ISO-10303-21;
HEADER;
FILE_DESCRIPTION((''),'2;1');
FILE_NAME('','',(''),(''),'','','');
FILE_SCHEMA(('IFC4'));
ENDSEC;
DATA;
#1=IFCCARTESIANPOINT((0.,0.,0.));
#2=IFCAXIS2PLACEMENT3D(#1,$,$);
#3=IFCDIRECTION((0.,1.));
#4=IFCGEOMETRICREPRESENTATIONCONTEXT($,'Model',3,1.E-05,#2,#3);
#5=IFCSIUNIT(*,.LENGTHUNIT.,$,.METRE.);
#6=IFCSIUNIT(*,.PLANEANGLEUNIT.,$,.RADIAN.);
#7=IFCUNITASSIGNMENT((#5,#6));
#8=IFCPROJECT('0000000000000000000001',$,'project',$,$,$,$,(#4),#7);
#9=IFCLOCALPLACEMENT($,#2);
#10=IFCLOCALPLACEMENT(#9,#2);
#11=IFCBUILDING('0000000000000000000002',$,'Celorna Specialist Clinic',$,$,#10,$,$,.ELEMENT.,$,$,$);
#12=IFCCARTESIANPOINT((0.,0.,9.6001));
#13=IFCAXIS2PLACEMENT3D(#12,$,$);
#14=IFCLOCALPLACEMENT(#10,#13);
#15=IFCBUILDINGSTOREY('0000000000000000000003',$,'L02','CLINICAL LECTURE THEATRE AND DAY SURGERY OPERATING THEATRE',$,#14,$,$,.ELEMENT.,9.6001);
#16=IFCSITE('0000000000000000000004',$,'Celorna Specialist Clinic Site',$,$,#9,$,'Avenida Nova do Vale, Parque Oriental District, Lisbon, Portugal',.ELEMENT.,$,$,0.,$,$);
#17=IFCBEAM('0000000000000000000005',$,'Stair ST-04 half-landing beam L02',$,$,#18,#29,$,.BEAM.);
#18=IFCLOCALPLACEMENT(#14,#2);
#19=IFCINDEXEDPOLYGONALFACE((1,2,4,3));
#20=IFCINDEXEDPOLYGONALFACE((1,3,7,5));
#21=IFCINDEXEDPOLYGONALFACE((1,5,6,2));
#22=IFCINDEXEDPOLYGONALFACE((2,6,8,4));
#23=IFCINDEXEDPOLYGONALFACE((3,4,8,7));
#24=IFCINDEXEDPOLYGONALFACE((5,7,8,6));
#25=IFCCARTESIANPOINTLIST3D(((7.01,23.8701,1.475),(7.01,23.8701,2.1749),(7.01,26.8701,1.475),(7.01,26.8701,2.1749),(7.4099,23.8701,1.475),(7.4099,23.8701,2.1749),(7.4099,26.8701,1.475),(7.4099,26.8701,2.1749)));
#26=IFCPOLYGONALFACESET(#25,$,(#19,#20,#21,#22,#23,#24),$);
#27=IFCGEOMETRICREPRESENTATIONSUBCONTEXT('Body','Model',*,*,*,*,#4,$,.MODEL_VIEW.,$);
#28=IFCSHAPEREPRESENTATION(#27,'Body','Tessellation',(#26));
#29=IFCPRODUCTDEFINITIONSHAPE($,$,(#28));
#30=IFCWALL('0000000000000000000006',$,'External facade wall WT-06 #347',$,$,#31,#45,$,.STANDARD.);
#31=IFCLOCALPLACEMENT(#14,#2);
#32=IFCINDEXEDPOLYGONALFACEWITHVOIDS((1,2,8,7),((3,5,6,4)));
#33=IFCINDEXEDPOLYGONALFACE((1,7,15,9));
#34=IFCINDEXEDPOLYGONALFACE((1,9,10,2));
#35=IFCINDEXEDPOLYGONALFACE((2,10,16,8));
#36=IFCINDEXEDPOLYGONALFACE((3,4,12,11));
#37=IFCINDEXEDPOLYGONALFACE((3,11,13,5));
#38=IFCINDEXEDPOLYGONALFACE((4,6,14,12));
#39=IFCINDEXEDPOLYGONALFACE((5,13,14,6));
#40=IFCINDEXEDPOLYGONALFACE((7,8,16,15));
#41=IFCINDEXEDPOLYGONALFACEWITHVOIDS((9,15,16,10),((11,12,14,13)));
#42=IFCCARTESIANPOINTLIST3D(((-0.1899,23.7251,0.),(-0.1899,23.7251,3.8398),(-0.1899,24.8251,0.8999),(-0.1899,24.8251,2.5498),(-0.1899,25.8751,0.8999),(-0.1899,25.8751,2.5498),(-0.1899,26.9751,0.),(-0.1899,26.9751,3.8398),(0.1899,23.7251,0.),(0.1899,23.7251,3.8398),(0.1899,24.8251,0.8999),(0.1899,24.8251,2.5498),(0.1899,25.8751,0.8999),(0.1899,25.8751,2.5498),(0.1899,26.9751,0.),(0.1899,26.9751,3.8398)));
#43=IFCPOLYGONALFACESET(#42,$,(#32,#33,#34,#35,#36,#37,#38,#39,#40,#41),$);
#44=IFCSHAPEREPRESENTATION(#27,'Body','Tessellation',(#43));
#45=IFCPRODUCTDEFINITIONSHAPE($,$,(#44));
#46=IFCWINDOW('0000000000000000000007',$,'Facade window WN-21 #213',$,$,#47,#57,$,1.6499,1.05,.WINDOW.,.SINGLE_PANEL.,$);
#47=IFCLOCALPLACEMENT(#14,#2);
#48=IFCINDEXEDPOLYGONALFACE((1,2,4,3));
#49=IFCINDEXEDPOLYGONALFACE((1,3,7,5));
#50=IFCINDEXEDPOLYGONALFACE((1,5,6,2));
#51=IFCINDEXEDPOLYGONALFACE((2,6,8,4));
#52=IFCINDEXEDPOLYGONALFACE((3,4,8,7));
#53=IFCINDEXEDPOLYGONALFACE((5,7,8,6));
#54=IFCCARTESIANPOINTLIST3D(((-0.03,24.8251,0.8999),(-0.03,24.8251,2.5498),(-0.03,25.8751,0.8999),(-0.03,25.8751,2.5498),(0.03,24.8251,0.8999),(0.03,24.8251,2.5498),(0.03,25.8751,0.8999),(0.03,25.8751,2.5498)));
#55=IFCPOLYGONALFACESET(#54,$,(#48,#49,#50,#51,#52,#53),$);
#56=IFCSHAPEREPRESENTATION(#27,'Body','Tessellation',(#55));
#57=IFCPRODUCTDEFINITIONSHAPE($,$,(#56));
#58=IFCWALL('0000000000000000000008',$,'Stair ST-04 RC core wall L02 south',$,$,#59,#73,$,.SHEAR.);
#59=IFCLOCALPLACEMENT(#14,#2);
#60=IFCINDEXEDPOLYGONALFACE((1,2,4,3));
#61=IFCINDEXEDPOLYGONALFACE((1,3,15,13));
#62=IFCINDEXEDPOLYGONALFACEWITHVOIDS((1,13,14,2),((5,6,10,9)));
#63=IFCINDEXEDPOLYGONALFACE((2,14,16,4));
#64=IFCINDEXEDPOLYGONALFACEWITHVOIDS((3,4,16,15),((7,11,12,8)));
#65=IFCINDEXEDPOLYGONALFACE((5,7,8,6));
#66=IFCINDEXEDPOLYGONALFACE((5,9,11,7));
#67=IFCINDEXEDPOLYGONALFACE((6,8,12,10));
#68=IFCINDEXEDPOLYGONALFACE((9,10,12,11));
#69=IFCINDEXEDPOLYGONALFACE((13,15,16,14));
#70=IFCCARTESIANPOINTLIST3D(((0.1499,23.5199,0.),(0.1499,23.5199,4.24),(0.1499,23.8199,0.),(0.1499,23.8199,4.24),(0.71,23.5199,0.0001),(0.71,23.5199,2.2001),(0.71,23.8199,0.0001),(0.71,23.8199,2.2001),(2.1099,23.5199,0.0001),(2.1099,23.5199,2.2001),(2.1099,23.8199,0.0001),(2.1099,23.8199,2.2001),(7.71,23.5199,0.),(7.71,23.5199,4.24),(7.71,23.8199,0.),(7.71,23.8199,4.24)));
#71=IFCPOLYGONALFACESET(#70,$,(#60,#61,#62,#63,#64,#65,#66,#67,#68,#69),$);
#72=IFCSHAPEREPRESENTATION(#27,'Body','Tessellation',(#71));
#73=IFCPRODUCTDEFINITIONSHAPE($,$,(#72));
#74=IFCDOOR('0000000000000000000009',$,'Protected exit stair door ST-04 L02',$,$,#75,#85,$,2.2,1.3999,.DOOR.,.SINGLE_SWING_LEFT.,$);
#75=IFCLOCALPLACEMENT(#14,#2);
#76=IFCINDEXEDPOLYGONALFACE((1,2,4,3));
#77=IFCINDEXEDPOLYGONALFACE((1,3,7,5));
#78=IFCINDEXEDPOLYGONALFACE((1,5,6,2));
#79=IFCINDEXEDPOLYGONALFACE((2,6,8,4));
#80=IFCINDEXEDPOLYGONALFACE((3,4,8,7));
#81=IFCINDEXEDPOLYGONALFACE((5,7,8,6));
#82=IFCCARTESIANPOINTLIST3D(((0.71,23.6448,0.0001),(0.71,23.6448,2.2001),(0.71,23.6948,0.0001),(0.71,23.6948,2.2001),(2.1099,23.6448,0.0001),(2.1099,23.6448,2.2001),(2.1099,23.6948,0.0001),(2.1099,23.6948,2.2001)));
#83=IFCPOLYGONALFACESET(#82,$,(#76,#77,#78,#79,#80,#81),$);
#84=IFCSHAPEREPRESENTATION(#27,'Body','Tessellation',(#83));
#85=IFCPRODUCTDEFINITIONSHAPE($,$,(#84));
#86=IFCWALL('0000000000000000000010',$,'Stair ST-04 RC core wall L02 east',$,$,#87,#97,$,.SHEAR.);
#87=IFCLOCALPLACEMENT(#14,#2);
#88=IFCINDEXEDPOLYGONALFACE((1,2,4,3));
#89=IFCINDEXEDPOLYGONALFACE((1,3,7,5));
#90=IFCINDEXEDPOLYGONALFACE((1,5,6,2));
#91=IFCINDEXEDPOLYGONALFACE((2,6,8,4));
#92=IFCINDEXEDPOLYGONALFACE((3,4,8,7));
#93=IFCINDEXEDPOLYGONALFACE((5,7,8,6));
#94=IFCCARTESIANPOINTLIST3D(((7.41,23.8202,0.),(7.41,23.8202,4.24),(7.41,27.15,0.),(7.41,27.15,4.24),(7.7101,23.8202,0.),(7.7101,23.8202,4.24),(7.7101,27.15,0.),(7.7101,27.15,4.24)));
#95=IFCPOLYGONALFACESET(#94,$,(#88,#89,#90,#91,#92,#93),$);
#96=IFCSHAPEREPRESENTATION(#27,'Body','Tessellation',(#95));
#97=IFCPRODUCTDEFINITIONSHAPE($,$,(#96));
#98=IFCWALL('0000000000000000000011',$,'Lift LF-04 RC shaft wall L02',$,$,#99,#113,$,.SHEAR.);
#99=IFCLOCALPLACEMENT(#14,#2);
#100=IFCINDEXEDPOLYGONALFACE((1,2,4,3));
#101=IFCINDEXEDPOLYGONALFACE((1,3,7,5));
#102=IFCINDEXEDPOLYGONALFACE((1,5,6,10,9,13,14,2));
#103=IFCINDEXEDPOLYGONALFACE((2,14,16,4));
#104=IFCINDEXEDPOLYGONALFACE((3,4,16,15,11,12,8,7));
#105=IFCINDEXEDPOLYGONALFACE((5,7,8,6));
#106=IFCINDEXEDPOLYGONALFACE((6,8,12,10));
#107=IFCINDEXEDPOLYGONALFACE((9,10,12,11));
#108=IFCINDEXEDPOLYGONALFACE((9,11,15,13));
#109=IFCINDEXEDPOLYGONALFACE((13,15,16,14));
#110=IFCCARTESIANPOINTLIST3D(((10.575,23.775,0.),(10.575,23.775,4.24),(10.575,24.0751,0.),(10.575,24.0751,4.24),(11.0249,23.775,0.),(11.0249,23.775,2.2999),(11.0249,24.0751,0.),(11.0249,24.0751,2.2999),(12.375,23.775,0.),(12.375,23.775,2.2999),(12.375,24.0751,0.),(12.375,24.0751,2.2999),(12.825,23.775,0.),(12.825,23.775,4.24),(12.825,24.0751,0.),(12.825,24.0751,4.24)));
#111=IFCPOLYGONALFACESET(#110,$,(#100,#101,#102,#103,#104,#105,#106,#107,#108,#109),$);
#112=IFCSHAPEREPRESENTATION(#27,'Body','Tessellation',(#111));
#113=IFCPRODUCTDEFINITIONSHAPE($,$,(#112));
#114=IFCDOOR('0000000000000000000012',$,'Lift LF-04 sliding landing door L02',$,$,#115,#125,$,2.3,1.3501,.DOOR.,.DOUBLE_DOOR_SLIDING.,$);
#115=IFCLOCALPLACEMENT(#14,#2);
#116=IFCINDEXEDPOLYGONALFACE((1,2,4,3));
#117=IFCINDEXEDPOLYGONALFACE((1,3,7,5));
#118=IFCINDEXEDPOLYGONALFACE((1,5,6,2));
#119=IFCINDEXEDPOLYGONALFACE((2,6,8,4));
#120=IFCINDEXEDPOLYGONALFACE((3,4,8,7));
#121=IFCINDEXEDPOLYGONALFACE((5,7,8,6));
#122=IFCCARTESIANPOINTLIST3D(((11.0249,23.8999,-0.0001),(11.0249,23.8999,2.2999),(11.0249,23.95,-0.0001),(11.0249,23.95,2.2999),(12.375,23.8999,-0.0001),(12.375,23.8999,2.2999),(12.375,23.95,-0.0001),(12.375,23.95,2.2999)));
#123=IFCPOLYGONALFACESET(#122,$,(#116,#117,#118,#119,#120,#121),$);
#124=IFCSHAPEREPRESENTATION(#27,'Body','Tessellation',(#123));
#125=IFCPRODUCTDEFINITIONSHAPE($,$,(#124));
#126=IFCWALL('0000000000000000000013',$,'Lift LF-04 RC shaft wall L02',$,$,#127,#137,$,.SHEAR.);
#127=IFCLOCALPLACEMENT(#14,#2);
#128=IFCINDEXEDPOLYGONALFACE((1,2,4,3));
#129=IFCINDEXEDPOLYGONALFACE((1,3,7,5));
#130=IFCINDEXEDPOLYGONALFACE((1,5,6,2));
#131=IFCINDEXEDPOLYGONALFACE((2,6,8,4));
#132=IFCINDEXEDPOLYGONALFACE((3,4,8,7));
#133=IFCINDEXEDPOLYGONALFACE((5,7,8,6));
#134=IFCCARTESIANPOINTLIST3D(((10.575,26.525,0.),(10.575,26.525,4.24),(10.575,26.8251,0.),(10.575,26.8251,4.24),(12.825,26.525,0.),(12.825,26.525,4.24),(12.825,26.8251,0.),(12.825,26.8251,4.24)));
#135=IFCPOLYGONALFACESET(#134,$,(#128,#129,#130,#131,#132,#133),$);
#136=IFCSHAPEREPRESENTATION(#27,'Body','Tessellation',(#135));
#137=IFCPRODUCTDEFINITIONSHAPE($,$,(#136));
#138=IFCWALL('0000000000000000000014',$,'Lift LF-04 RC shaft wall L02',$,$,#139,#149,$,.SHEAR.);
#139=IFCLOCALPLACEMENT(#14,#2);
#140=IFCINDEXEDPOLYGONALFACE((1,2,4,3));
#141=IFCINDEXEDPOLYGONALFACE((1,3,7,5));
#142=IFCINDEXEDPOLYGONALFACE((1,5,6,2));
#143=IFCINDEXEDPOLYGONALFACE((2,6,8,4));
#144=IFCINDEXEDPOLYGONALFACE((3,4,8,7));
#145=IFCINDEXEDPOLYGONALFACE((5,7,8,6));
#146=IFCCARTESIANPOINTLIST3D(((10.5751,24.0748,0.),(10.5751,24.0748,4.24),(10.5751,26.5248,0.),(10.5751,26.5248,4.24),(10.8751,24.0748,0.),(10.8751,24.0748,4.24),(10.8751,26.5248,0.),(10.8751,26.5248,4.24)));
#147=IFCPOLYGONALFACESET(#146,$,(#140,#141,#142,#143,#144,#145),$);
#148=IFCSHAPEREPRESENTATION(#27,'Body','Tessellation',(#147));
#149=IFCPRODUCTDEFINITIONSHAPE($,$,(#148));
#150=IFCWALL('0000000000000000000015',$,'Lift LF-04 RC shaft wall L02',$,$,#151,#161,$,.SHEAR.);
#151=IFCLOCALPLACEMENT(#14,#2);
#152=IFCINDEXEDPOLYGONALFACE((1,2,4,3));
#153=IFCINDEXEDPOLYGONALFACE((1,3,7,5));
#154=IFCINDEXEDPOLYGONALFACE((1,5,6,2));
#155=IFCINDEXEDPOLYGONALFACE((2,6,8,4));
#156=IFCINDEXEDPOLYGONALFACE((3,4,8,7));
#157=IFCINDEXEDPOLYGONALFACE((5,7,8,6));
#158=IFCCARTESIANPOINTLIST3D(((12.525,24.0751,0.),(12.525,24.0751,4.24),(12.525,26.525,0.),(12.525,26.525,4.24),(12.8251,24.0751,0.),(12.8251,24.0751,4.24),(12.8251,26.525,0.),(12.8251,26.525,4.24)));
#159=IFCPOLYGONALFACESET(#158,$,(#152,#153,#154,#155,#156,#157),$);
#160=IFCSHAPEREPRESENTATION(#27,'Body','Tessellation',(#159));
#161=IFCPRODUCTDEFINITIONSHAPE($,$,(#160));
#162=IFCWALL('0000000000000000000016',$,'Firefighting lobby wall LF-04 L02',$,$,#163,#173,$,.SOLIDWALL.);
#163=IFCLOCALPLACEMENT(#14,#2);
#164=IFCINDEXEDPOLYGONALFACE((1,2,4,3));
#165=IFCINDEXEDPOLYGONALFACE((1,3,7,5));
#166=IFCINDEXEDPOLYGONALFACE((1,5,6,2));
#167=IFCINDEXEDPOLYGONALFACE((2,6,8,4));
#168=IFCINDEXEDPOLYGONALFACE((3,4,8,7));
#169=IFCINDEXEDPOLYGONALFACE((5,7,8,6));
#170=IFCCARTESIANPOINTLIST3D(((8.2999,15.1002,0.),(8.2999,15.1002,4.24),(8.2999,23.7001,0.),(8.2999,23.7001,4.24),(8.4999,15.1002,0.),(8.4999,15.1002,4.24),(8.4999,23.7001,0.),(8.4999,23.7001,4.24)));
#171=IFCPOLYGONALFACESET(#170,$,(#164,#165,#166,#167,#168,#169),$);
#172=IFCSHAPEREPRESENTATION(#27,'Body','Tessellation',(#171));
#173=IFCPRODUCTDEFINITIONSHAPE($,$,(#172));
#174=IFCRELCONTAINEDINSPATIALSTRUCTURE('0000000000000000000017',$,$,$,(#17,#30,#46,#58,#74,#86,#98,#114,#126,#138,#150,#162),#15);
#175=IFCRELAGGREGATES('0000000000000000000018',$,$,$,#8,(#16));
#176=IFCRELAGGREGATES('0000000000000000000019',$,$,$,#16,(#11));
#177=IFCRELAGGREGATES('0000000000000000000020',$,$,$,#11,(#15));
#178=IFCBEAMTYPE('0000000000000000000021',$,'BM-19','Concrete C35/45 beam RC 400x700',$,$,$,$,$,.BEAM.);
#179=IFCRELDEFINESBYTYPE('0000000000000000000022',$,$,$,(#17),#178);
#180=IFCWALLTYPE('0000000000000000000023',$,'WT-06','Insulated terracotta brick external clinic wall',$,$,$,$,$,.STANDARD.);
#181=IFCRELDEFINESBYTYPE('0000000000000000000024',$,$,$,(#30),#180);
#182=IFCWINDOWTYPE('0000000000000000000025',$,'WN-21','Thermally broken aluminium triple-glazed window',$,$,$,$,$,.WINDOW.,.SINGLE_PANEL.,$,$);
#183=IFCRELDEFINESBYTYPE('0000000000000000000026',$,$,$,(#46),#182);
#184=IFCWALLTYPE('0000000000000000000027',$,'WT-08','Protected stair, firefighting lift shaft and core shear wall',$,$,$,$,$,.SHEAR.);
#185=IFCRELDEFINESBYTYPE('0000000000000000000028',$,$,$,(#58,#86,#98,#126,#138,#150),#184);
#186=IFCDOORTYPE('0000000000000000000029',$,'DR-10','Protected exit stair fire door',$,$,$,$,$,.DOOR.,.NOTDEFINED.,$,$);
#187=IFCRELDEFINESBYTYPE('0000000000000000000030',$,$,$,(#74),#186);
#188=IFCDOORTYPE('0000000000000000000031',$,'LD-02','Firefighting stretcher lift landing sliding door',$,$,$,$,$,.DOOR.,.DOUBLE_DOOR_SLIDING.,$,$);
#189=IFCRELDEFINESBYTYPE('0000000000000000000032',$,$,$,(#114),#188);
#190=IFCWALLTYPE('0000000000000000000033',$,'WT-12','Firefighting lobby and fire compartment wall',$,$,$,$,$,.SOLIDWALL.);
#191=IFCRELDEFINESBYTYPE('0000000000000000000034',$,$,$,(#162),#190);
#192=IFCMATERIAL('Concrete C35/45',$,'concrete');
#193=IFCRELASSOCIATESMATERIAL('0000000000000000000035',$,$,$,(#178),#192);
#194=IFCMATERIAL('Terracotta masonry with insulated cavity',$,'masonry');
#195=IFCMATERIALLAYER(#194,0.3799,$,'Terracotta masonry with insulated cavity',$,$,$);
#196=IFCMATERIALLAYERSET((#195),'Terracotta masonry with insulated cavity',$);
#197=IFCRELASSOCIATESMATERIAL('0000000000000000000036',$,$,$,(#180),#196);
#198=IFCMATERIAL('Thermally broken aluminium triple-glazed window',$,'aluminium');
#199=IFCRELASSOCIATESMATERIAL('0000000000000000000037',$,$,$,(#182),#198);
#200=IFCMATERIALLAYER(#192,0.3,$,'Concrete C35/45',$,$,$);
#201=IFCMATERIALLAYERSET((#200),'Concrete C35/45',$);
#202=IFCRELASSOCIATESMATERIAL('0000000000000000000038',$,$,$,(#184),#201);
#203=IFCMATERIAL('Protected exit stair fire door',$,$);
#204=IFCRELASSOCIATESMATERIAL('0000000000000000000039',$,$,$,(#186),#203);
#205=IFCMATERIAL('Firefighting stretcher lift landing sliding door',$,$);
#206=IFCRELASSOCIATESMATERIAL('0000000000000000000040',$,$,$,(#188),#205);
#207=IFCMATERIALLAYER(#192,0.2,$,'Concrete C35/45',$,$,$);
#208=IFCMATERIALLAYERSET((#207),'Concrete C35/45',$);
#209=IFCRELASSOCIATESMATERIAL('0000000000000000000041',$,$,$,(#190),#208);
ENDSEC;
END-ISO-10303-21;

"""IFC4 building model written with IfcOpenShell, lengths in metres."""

from ifc_helpers import new_model, si_unit, direction, frame, frame_2d, origin, origin_2d, place, context, subcontext, project, spatial, rectangle, extrude, material, layer, layer_set, material_profile, profile_set, type_object, element, fill, save


model = new_model("IFC4")

# Units and contexts
model_context = context("Model", 3, precision=1e-05, world=origin(), true_north=direction((0.0, 1.0)))
body_context = subcontext(model_context, "Body", "Model", "MODEL_VIEW")
ifc_project = project(units=[si_unit("LENGTHUNIT", "METRE"), si_unit("PLANEANGLEUNIT", "RADIAN")], contexts=[model_context])

# Site, building, storey
site_placement = place(None, origin())
site = spatial("IfcSite", under=ifc_project, at=site_placement, Name="Celorna Specialist Clinic Site", LongName="Avenida Nova do Vale, Parque Oriental District, Lisbon, Portugal", CompositionType="ELEMENT", RefElevation=0.0)
building_placement = place(site_placement, origin())
building = spatial("IfcBuilding", under=site, at=building_placement, Name="Celorna Specialist Clinic", CompositionType="ELEMENT")
storey_placement = place(building_placement, frame((0.0, 0.0, 9.6001)))
storey = spatial("IfcBuildingStorey", under=building, at=storey_placement, Name="L02", Description="CLINICAL LECTURE THEATRE AND DAY SURGERY OPERATING THEATRE", CompositionType="ELEMENT", Elevation=9.6001)

# Shared definitions
ifc_material_1 = material(Name="Concrete C35/45", Category="concrete")

# Beam
ifc_material_profile_1 = material_profile(ifc_material_1, rectangle(XDim=0.3999, YDim=0.7, at=origin_2d()), Name="RC 400x700")
ifc_profile_set_1 = profile_set([ifc_material_profile_1], Name="Concrete C35/45")
beam_type_1 = type_object("IfcBeamType", Name="BM-19", Description="Concrete C35/45 beam RC 400x700", PredefinedType="BEAM", material=ifc_profile_set_1)
for number, where, z_axis, x_axis, name in (
    (1, (7.21, 23.8701, 1.825), (0.0, 1.0, 0.0), (-1.0, 0.0, 0.0), "Stair ST-04 half-landing beam L02"),
):
    element("IfcBeam", number, at=place(storey_placement, frame(where, z_axis=z_axis, x_axis=x_axis)), inside=storey, type_object=beam_type_1, Name=name, PredefinedType="BEAM", context=body_context, shape_type="SweptSolid", body=[
        extrude(rectangle(XDim=0.3999, YDim=0.7, at=origin_2d()), origin(), (0.0, 0.0, 1.0), 3.0),
    ])

# Wall, opening, window
ifc_material_2 = material(Name="Terracotta masonry with insulated cavity", Category="masonry")
ifc_layer_1 = layer(ifc_material_2, 0.3799, Name="Terracotta masonry with insulated cavity")
ifc_layer_set_1 = layer_set([ifc_layer_1], Name="Terracotta masonry with insulated cavity")
wall_type_1 = type_object("IfcWallType", Name="WT-06", Description="Insulated terracotta brick external clinic wall", PredefinedType="STANDARD", material=ifc_layer_set_1)
wall_1_placement = place(storey_placement, frame((0.0, 23.7251, 0.0), z_axis=(0.0, 0.0, 1.0), x_axis=(0.0, 1.0, 0.0)))
wall_1 = element("IfcWall", 2, at=wall_1_placement, inside=storey, type_object=wall_type_1, Name="External facade wall WT-06 #347", PredefinedType="STANDARD", context=body_context, shape_type="SweptSolid", body=[
    extrude(rectangle(XDim=3.25, YDim=0.3799, at=frame_2d((1.625, 0.0))), origin(), (0.0, 0.0, 1.0), 3.8398),
])
opening_1_placement = place(wall_1_placement, frame((1.1001, 0.0, 0.8999)))
opening_1 = element("IfcOpeningElement", 3, at=opening_1_placement, cuts=wall_1, PredefinedType="OPENING", context=body_context, shape_type="SweptSolid", body=[
    extrude(rectangle(XDim=1.05, YDim=1.6499, at=frame_2d((0.5249, 0.825))), frame((0.0, 0.2, 0.0), z_axis=(0.0, -1.0, 0.0), x_axis=(1.0, 0.0, 0.0)), (0.0, 0.0, 1.0), 0.3999),
])
ifc_material_3 = material(Name="Thermally broken aluminium triple-glazed window", Category="aluminium")
window_type = type_object("IfcWindowType", Name="WN-21", Description="Thermally broken aluminium triple-glazed window", PartitioningType="SINGLE_PANEL", PredefinedType="WINDOW", material=ifc_material_3)
window_placement = place(opening_1_placement, origin())
window = element("IfcWindow", 4, at=window_placement, inside=storey, type_object=window_type, Name="Facade window WN-21 #213", OverallHeight=1.6499, OverallWidth=1.05, PartitioningType="SINGLE_PANEL", PredefinedType="WINDOW", context=body_context, shape_type="SweptSolid", body=[
    extrude(rectangle(XDim=1.05, YDim=1.6499, at=frame_2d((0.5249, 0.825))), frame((0.0, 0.03, 0.0), z_axis=(0.0, -1.0, 0.0), x_axis=(1.0, 0.0, 0.0)), (0.0, 0.0, 1.0), 0.0601),
])
fill(opening_1, window)

# Wall, opening, door
ifc_layer_2 = layer(ifc_material_1, 0.3, Name="Concrete C35/45")
ifc_layer_set_2 = layer_set([ifc_layer_2], Name="Concrete C35/45")
wall_type_2 = type_object("IfcWallType", Name="WT-08", Description="Protected stair, firefighting lift shaft and core shear wall", PredefinedType="SHEAR", material=ifc_layer_set_2)
wall_2_placement = place(storey_placement, frame((0.1499, 23.6699, 0.0), z_axis=(0.0, 0.0, 1.0), x_axis=(1.0, 0.0, 0.0)))
wall_2 = element("IfcWall", 5, at=wall_2_placement, inside=storey, type_object=wall_type_2, Name="Stair ST-04 RC core wall L02 south", PredefinedType="SHEAR", context=body_context, shape_type="SweptSolid", body=[
    extrude(rectangle(XDim=7.5601, YDim=0.3, at=frame_2d((3.78, 0.0))), origin(), (0.0, 0.0, 1.0), 4.24),
])
opening_2_placement = place(wall_2_placement, frame((0.5601, 0.0, 0.0)))
opening_2 = element("IfcOpeningElement", 6, at=opening_2_placement, cuts=wall_2, PredefinedType="OPENING", context=body_context, shape_type="SweptSolid", body=[
    extrude(rectangle(XDim=1.3999, YDim=2.2, at=frame_2d((0.7, 1.1001))), frame((0.0, 0.1599, 0.0), z_axis=(0.0, -1.0, 0.0), x_axis=(1.0, 0.0, 0.0)), (0.0, 0.0, 1.0), 0.3201),
])
ifc_material_4 = material(Name="Protected exit stair fire door")
door_type_1 = type_object("IfcDoorType", Name="DR-10", Description="Protected exit stair fire door", OperationType="NOTDEFINED", PredefinedType="DOOR", material=ifc_material_4)
door_1_placement = place(opening_2_placement, origin())
door_1 = element("IfcDoor", 7, at=door_1_placement, inside=storey, type_object=door_type_1, Name="Protected exit stair door ST-04 L02", OperationType="SINGLE_SWING_LEFT", OverallHeight=2.2, OverallWidth=1.3999, PredefinedType="DOOR", context=body_context, shape_type="SweptSolid", body=[
    extrude(rectangle(XDim=1.3999, YDim=2.2, at=frame_2d((0.7, 1.1001))), frame((0.0, 0.0249, 0.0), z_axis=(0.0, -1.0, 0.0), x_axis=(1.0, 0.0, 0.0)), (0.0, 0.0, 1.0), 0.05),
])
fill(opening_2, door_1)

# Wall
wall_3_placement = place(storey_placement, frame((7.5601, 23.8201, 0.0), z_axis=(0.0, 0.0, 1.0), x_axis=(0.0, 1.0, 0.0)))
element("IfcWall", 8, at=wall_3_placement, inside=storey, type_object=wall_type_2, Name="Stair ST-04 RC core wall L02 east", PredefinedType="SHEAR", context=body_context, shape_type="SweptSolid", body=[
    extrude(rectangle(XDim=3.3298, YDim=0.3, at=frame_2d((1.665, 0.0))), origin(), (0.0, 0.0, 1.0), 4.24),
])

# Wall, opening, door
wall_4_placement = place(storey_placement, frame((10.575, 23.925, 0.0), z_axis=(0.0, 0.0, 1.0), x_axis=(1.0, 0.0, 0.0)))
wall_4 = element("IfcWall", 9, at=wall_4_placement, inside=storey, type_object=wall_type_2, Name="Lift LF-04 RC shaft wall L02", PredefinedType="SHEAR", context=body_context, shape_type="SweptSolid", body=[
    extrude(rectangle(XDim=2.25, YDim=0.3, at=frame_2d((1.125, 0.0))), origin(), (0.0, 0.0, 1.0), 4.24),
])
opening_3_placement = place(wall_4_placement, frame((0.45, 0.0, 0.0)))
opening_3 = element("IfcOpeningElement", 10, at=opening_3_placement, cuts=wall_4, PredefinedType="OPENING", context=body_context, shape_type="SweptSolid", body=[
    extrude(rectangle(XDim=1.3501, YDim=2.3, at=frame_2d((0.675, 1.1499))), frame((0.0, 0.1599, 0.0), z_axis=(0.0, -1.0, 0.0), x_axis=(1.0, 0.0, 0.0)), (0.0, 0.0, 1.0), 0.3201),
])
ifc_material_5 = material(Name="Firefighting stretcher lift landing sliding door")
door_type_2 = type_object("IfcDoorType", Name="LD-02", Description="Firefighting stretcher lift landing sliding door", OperationType="DOUBLE_DOOR_SLIDING", PredefinedType="DOOR", material=ifc_material_5)
door_2_placement = place(opening_3_placement, origin())
door_2 = element("IfcDoor", 11, at=door_2_placement, inside=storey, type_object=door_type_2, Name="Lift LF-04 sliding landing door L02", OperationType="DOUBLE_DOOR_SLIDING", OverallHeight=2.3, OverallWidth=1.3501, PredefinedType="DOOR", context=body_context, shape_type="SweptSolid", body=[
    extrude(rectangle(XDim=1.3501, YDim=2.3, at=frame_2d((0.675, 1.1499))), frame((0.0, 0.0249, 0.0), z_axis=(0.0, -1.0, 0.0), x_axis=(1.0, 0.0, 0.0)), (0.0, 0.0, 1.0), 0.05),
])
fill(opening_3, door_2)

# Walls
wall_5_placement = place(storey_placement, frame((12.825, 26.675, 0.0), z_axis=(0.0, 0.0, 1.0), x_axis=(-1.0, 0.0, 0.0)))
element("IfcWall", 12, at=wall_5_placement, inside=storey, type_object=wall_type_2, Name="Lift LF-04 RC shaft wall L02", PredefinedType="SHEAR", context=body_context, shape_type="SweptSolid", body=[
    extrude(rectangle(XDim=2.25, YDim=0.3, at=frame_2d((1.125, 0.0))), origin(), (0.0, 0.0, 1.0), 4.24),
])
for number, where, z_axis, x_axis, name in (
    (13, (10.7251, 26.5249, 0.0), (0.0, 0.0, 1.0), (0.0, -1.0, 0.0), "Lift LF-04 RC shaft wall L02"),
    (14, (12.675, 24.075, 0.0), (0.0, 0.0, 1.0), (0.0, 1.0, 0.0), "Lift LF-04 RC shaft wall L02"),
):
    element("IfcWall", number, at=place(storey_placement, frame(where, z_axis=z_axis, x_axis=x_axis)), inside=storey, type_object=wall_type_2, Name=name, PredefinedType="SHEAR", context=body_context, shape_type="SweptSolid", body=[
        extrude(rectangle(XDim=2.45, YDim=0.3, at=frame_2d((1.2251, 0.0))), origin(), (0.0, 0.0, 1.0), 4.24),
    ])
ifc_layer_3 = layer(ifc_material_1, 0.2, Name="Concrete C35/45")
ifc_layer_set_3 = layer_set([ifc_layer_3], Name="Concrete C35/45")
wall_type_3 = type_object("IfcWallType", Name="WT-12", Description="Firefighting lobby and fire compartment wall", PredefinedType="SOLIDWALL", material=ifc_layer_set_3)
wall_6_placement = place(storey_placement, frame((8.3999, 23.7, 0.0), z_axis=(0.0, 0.0, 1.0), x_axis=(0.0, -1.0, 0.0)))
element("IfcWall", 15, at=wall_6_placement, inside=storey, type_object=wall_type_3, Name="Firefighting lobby wall LF-04 L02", PredefinedType="SOLIDWALL", context=body_context, shape_type="SweptSolid", body=[
    extrude(rectangle(XDim=8.5999, YDim=0.2, at=frame_2d((4.2998, 0.0))), origin(), (0.0, 0.0, 1.0), 4.24),
])

save(model, "model.ifc")
